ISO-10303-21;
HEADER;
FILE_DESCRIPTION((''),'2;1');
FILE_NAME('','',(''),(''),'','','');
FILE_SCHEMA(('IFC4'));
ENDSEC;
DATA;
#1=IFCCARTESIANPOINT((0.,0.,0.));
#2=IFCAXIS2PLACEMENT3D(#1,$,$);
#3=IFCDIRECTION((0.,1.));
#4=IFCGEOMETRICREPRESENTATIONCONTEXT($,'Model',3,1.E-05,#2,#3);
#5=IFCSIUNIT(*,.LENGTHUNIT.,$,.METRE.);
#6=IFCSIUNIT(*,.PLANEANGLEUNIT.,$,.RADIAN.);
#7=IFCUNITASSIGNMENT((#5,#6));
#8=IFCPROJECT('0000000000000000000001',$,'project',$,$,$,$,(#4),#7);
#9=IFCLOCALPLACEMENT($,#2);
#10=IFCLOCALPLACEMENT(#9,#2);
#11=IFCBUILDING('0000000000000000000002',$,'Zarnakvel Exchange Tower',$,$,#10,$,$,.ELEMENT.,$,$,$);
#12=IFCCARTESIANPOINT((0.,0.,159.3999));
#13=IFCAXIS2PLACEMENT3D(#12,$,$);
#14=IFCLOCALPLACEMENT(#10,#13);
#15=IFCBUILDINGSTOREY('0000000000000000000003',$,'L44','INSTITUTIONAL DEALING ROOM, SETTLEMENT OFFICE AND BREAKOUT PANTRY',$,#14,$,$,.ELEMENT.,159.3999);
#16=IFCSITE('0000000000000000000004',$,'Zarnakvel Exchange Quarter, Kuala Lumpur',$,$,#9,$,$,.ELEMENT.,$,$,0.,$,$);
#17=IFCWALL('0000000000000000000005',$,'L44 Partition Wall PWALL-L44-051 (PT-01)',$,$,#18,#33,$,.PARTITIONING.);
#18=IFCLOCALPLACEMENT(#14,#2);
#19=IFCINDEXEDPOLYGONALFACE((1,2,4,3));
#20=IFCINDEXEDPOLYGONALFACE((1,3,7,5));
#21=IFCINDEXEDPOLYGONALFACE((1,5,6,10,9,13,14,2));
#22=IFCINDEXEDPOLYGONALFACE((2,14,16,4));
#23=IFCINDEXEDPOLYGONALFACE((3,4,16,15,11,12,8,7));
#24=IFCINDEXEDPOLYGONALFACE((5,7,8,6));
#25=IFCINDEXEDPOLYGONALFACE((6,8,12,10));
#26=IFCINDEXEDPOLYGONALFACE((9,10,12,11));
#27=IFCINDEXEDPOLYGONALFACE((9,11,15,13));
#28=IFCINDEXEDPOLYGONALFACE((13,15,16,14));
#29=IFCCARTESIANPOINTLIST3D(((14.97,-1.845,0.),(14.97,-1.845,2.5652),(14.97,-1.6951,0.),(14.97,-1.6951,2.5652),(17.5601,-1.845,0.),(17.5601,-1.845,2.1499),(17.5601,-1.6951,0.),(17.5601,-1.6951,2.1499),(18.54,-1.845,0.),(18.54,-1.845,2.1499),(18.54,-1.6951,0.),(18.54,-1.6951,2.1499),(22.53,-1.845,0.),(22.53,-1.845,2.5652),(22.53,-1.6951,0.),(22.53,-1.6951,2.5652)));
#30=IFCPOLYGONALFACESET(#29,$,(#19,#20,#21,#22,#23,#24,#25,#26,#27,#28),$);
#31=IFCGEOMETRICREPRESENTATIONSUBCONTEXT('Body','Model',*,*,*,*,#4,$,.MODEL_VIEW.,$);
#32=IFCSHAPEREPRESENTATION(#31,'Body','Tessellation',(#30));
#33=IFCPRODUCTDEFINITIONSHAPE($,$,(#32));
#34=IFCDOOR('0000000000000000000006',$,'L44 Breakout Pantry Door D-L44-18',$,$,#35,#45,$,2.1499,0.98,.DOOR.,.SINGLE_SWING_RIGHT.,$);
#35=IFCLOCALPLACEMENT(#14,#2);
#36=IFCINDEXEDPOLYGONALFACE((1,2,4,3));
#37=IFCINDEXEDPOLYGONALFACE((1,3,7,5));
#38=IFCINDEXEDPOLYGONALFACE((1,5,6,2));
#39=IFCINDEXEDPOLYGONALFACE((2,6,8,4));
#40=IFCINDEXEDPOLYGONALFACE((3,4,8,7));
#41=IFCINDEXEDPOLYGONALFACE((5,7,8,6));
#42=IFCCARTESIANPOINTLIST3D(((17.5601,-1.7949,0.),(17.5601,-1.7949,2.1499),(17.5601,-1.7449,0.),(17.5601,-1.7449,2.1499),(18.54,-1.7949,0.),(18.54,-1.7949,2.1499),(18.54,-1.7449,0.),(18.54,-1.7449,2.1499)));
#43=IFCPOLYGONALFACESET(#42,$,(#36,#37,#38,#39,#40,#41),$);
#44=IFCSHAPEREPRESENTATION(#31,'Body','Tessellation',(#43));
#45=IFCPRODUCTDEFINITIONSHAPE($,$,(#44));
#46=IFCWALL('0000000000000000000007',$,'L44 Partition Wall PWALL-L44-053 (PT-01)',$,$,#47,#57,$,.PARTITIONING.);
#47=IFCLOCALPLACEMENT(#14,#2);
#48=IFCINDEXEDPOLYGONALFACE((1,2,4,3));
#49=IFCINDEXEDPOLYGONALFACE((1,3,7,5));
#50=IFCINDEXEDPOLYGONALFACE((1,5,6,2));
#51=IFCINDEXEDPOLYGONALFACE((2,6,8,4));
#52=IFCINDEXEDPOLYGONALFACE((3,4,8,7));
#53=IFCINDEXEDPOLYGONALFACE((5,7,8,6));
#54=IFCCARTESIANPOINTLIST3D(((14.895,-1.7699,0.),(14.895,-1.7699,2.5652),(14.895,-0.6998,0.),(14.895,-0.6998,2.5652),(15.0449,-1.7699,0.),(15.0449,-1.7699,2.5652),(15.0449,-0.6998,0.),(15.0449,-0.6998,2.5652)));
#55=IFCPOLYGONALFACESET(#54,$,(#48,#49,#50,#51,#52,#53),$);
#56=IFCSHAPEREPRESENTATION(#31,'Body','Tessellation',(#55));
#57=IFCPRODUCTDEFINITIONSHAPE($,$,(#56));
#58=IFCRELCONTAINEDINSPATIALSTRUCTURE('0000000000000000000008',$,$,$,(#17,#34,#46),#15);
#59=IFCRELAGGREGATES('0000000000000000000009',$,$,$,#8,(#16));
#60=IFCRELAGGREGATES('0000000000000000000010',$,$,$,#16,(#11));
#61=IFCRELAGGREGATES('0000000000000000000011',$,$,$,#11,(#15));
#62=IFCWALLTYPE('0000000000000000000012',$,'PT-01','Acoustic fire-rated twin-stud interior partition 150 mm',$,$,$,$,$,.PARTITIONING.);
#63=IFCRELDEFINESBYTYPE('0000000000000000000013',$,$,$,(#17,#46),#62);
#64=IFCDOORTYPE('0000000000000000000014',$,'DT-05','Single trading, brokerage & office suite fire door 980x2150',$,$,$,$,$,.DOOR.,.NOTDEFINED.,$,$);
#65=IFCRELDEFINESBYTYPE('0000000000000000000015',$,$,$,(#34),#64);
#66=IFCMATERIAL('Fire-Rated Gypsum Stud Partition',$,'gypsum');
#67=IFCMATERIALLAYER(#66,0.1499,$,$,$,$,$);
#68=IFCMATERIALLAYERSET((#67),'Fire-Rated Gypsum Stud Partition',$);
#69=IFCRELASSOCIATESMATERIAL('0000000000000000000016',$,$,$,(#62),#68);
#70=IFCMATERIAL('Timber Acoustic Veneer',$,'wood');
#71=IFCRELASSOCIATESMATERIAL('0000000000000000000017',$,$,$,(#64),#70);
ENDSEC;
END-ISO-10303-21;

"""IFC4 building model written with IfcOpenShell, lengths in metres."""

from ifc_helpers import new_model, si_unit, direction, frame, frame_2d, origin, place, context, subcontext, project, spatial, rectangle, extrude, source, transform, mapped, material, layer, layer_set, type_object, element, fill, save


model = new_model("IFC4")

# Units and contexts
model_context = context("Model", 3, precision=1e-05, world=origin(), true_north=direction((0.0, 1.0)))
body_context = subcontext(model_context, "Body", "Model", "MODEL_VIEW")
ifc_project = project(units=[si_unit("LENGTHUNIT", "METRE"), si_unit("PLANEANGLEUNIT", "RADIAN")], contexts=[model_context])

# Site, building, storey
site_placement = place(None, origin())
site = spatial("IfcSite", under=ifc_project, at=site_placement, Name="Zarnakvel Exchange Quarter, Kuala Lumpur", CompositionType="ELEMENT", RefElevation=0.0)
building_placement = place(site_placement, origin())
building = spatial("IfcBuilding", under=site, at=building_placement, Name="Zarnakvel Exchange Tower", CompositionType="ELEMENT")
storey_placement = place(building_placement, frame((0.0, 0.0, 159.3999)))
storey = spatial("IfcBuildingStorey", under=building, at=storey_placement, Name="L44", Description="INSTITUTIONAL DEALING ROOM, SETTLEMENT OFFICE AND BREAKOUT PANTRY", CompositionType="ELEMENT", Elevation=159.3999)

# Shared definitions
ifc_material_1 = material(Name="Fire-Rated Gypsum Stud Partition", Category="gypsum")
ifc_layer_1 = layer(ifc_material_1, 0.1499)
ifc_layer_set_1 = layer_set([ifc_layer_1], Name="Fire-Rated Gypsum Stud Partition")
wall_type_1 = type_object("IfcWallType", Name="PT-01", Description="Acoustic fire-rated twin-stud interior partition 150 mm", PredefinedType="PARTITIONING", material=ifc_layer_set_1)
ifc_material_2 = material(Name="Timber Acoustic Veneer", Category="wood")
door_type_1 = type_object("IfcDoorType", Name="DT-05", Description="Single trading, brokerage & office suite fire door 980x2150", OperationType="NOTDEFINED", PredefinedType="DOOR", material=ifc_material_2)
shared_shape_1 = source(origin(), body_context, "Body", "SweptSolid", [
    extrude(rectangle(XDim=0.98, YDim=2.1499, at=frame_2d((0.49, 1.075))), frame((0.0, 0.0249, 0.0), z_axis=(0.0, -1.0, 0.0), x_axis=(1.0, 0.0, 0.0)), (0.0, 0.0, 1.0), 0.05),
])

# Wall, opening, door
wall_1_placement = place(storey_placement, frame((22.53, -1.77, 0.0), z_axis=(0.0, 0.0, 1.0), x_axis=(-1.0, 0.0, 0.0)))
wall_1 = element("IfcWall", 1, at=wall_1_placement, inside=storey, type_object=wall_type_1, Name="L44 Partition Wall PWALL-L44-051 (PT-01)", PredefinedType="PARTITIONING", context=body_context, shape_type="SweptSolid", body=[
    extrude(rectangle(XDim=7.5601, YDim=0.1499, at=frame_2d((3.78, 0.0))), origin(), (0.0, 0.0, 1.0), 2.5652),
])
opening_1_placement = place(wall_1_placement, frame((3.99, 0.0, 0.0)))
opening_1 = element("IfcOpeningElement", 2, at=opening_1_placement, cuts=wall_1, PredefinedType="OPENING", context=body_context, shape_type="SweptSolid", body=[
    extrude(rectangle(XDim=0.98, YDim=2.1499, at=frame_2d((0.49, 1.075))), frame((0.0, 0.085, 0.0), z_axis=(0.0, -1.0, 0.0), x_axis=(1.0, 0.0, 0.0)), (0.0, 0.0, 1.0), 0.1699),
])
door_1_placement = place(opening_1_placement, origin())
door_1 = element("IfcDoor", 3, at=door_1_placement, inside=storey, type_object=door_type_1, Name="L44 Breakout Pantry Door D-L44-18", OperationType="SINGLE_SWING_RIGHT", OverallHeight=2.1499, OverallWidth=0.98, PredefinedType="DOOR", context=body_context, shape_type="MappedRepresentation", body=[
    mapped(shared_shape_1, transform((0.0, 0.0, 0.0), x_axis=(1.0, 0.0, 0.0), y_axis=(0.0, 1.0, 0.0), z_axis=(0.0, 0.0, 1.0), scale=1.0)),
])
fill(opening_1, door_1)

# Wall
wall_2_placement = place(storey_placement, frame((14.97, -1.77, 0.0), z_axis=(0.0, 0.0, 1.0), x_axis=(0.0, 1.0, 0.0)))
element("IfcWall", 4, at=wall_2_placement, inside=storey, type_object=wall_type_1, Name="L44 Partition Wall PWALL-L44-053 (PT-01)", PredefinedType="PARTITIONING", context=body_context, shape_type="SweptSolid", body=[
    extrude(rectangle(XDim=1.0701, YDim=0.1499, at=frame_2d((0.5352, 0.0))), origin(), (0.0, 0.0, 1.0), 2.5652),
])

save(model, "model.ifc")
